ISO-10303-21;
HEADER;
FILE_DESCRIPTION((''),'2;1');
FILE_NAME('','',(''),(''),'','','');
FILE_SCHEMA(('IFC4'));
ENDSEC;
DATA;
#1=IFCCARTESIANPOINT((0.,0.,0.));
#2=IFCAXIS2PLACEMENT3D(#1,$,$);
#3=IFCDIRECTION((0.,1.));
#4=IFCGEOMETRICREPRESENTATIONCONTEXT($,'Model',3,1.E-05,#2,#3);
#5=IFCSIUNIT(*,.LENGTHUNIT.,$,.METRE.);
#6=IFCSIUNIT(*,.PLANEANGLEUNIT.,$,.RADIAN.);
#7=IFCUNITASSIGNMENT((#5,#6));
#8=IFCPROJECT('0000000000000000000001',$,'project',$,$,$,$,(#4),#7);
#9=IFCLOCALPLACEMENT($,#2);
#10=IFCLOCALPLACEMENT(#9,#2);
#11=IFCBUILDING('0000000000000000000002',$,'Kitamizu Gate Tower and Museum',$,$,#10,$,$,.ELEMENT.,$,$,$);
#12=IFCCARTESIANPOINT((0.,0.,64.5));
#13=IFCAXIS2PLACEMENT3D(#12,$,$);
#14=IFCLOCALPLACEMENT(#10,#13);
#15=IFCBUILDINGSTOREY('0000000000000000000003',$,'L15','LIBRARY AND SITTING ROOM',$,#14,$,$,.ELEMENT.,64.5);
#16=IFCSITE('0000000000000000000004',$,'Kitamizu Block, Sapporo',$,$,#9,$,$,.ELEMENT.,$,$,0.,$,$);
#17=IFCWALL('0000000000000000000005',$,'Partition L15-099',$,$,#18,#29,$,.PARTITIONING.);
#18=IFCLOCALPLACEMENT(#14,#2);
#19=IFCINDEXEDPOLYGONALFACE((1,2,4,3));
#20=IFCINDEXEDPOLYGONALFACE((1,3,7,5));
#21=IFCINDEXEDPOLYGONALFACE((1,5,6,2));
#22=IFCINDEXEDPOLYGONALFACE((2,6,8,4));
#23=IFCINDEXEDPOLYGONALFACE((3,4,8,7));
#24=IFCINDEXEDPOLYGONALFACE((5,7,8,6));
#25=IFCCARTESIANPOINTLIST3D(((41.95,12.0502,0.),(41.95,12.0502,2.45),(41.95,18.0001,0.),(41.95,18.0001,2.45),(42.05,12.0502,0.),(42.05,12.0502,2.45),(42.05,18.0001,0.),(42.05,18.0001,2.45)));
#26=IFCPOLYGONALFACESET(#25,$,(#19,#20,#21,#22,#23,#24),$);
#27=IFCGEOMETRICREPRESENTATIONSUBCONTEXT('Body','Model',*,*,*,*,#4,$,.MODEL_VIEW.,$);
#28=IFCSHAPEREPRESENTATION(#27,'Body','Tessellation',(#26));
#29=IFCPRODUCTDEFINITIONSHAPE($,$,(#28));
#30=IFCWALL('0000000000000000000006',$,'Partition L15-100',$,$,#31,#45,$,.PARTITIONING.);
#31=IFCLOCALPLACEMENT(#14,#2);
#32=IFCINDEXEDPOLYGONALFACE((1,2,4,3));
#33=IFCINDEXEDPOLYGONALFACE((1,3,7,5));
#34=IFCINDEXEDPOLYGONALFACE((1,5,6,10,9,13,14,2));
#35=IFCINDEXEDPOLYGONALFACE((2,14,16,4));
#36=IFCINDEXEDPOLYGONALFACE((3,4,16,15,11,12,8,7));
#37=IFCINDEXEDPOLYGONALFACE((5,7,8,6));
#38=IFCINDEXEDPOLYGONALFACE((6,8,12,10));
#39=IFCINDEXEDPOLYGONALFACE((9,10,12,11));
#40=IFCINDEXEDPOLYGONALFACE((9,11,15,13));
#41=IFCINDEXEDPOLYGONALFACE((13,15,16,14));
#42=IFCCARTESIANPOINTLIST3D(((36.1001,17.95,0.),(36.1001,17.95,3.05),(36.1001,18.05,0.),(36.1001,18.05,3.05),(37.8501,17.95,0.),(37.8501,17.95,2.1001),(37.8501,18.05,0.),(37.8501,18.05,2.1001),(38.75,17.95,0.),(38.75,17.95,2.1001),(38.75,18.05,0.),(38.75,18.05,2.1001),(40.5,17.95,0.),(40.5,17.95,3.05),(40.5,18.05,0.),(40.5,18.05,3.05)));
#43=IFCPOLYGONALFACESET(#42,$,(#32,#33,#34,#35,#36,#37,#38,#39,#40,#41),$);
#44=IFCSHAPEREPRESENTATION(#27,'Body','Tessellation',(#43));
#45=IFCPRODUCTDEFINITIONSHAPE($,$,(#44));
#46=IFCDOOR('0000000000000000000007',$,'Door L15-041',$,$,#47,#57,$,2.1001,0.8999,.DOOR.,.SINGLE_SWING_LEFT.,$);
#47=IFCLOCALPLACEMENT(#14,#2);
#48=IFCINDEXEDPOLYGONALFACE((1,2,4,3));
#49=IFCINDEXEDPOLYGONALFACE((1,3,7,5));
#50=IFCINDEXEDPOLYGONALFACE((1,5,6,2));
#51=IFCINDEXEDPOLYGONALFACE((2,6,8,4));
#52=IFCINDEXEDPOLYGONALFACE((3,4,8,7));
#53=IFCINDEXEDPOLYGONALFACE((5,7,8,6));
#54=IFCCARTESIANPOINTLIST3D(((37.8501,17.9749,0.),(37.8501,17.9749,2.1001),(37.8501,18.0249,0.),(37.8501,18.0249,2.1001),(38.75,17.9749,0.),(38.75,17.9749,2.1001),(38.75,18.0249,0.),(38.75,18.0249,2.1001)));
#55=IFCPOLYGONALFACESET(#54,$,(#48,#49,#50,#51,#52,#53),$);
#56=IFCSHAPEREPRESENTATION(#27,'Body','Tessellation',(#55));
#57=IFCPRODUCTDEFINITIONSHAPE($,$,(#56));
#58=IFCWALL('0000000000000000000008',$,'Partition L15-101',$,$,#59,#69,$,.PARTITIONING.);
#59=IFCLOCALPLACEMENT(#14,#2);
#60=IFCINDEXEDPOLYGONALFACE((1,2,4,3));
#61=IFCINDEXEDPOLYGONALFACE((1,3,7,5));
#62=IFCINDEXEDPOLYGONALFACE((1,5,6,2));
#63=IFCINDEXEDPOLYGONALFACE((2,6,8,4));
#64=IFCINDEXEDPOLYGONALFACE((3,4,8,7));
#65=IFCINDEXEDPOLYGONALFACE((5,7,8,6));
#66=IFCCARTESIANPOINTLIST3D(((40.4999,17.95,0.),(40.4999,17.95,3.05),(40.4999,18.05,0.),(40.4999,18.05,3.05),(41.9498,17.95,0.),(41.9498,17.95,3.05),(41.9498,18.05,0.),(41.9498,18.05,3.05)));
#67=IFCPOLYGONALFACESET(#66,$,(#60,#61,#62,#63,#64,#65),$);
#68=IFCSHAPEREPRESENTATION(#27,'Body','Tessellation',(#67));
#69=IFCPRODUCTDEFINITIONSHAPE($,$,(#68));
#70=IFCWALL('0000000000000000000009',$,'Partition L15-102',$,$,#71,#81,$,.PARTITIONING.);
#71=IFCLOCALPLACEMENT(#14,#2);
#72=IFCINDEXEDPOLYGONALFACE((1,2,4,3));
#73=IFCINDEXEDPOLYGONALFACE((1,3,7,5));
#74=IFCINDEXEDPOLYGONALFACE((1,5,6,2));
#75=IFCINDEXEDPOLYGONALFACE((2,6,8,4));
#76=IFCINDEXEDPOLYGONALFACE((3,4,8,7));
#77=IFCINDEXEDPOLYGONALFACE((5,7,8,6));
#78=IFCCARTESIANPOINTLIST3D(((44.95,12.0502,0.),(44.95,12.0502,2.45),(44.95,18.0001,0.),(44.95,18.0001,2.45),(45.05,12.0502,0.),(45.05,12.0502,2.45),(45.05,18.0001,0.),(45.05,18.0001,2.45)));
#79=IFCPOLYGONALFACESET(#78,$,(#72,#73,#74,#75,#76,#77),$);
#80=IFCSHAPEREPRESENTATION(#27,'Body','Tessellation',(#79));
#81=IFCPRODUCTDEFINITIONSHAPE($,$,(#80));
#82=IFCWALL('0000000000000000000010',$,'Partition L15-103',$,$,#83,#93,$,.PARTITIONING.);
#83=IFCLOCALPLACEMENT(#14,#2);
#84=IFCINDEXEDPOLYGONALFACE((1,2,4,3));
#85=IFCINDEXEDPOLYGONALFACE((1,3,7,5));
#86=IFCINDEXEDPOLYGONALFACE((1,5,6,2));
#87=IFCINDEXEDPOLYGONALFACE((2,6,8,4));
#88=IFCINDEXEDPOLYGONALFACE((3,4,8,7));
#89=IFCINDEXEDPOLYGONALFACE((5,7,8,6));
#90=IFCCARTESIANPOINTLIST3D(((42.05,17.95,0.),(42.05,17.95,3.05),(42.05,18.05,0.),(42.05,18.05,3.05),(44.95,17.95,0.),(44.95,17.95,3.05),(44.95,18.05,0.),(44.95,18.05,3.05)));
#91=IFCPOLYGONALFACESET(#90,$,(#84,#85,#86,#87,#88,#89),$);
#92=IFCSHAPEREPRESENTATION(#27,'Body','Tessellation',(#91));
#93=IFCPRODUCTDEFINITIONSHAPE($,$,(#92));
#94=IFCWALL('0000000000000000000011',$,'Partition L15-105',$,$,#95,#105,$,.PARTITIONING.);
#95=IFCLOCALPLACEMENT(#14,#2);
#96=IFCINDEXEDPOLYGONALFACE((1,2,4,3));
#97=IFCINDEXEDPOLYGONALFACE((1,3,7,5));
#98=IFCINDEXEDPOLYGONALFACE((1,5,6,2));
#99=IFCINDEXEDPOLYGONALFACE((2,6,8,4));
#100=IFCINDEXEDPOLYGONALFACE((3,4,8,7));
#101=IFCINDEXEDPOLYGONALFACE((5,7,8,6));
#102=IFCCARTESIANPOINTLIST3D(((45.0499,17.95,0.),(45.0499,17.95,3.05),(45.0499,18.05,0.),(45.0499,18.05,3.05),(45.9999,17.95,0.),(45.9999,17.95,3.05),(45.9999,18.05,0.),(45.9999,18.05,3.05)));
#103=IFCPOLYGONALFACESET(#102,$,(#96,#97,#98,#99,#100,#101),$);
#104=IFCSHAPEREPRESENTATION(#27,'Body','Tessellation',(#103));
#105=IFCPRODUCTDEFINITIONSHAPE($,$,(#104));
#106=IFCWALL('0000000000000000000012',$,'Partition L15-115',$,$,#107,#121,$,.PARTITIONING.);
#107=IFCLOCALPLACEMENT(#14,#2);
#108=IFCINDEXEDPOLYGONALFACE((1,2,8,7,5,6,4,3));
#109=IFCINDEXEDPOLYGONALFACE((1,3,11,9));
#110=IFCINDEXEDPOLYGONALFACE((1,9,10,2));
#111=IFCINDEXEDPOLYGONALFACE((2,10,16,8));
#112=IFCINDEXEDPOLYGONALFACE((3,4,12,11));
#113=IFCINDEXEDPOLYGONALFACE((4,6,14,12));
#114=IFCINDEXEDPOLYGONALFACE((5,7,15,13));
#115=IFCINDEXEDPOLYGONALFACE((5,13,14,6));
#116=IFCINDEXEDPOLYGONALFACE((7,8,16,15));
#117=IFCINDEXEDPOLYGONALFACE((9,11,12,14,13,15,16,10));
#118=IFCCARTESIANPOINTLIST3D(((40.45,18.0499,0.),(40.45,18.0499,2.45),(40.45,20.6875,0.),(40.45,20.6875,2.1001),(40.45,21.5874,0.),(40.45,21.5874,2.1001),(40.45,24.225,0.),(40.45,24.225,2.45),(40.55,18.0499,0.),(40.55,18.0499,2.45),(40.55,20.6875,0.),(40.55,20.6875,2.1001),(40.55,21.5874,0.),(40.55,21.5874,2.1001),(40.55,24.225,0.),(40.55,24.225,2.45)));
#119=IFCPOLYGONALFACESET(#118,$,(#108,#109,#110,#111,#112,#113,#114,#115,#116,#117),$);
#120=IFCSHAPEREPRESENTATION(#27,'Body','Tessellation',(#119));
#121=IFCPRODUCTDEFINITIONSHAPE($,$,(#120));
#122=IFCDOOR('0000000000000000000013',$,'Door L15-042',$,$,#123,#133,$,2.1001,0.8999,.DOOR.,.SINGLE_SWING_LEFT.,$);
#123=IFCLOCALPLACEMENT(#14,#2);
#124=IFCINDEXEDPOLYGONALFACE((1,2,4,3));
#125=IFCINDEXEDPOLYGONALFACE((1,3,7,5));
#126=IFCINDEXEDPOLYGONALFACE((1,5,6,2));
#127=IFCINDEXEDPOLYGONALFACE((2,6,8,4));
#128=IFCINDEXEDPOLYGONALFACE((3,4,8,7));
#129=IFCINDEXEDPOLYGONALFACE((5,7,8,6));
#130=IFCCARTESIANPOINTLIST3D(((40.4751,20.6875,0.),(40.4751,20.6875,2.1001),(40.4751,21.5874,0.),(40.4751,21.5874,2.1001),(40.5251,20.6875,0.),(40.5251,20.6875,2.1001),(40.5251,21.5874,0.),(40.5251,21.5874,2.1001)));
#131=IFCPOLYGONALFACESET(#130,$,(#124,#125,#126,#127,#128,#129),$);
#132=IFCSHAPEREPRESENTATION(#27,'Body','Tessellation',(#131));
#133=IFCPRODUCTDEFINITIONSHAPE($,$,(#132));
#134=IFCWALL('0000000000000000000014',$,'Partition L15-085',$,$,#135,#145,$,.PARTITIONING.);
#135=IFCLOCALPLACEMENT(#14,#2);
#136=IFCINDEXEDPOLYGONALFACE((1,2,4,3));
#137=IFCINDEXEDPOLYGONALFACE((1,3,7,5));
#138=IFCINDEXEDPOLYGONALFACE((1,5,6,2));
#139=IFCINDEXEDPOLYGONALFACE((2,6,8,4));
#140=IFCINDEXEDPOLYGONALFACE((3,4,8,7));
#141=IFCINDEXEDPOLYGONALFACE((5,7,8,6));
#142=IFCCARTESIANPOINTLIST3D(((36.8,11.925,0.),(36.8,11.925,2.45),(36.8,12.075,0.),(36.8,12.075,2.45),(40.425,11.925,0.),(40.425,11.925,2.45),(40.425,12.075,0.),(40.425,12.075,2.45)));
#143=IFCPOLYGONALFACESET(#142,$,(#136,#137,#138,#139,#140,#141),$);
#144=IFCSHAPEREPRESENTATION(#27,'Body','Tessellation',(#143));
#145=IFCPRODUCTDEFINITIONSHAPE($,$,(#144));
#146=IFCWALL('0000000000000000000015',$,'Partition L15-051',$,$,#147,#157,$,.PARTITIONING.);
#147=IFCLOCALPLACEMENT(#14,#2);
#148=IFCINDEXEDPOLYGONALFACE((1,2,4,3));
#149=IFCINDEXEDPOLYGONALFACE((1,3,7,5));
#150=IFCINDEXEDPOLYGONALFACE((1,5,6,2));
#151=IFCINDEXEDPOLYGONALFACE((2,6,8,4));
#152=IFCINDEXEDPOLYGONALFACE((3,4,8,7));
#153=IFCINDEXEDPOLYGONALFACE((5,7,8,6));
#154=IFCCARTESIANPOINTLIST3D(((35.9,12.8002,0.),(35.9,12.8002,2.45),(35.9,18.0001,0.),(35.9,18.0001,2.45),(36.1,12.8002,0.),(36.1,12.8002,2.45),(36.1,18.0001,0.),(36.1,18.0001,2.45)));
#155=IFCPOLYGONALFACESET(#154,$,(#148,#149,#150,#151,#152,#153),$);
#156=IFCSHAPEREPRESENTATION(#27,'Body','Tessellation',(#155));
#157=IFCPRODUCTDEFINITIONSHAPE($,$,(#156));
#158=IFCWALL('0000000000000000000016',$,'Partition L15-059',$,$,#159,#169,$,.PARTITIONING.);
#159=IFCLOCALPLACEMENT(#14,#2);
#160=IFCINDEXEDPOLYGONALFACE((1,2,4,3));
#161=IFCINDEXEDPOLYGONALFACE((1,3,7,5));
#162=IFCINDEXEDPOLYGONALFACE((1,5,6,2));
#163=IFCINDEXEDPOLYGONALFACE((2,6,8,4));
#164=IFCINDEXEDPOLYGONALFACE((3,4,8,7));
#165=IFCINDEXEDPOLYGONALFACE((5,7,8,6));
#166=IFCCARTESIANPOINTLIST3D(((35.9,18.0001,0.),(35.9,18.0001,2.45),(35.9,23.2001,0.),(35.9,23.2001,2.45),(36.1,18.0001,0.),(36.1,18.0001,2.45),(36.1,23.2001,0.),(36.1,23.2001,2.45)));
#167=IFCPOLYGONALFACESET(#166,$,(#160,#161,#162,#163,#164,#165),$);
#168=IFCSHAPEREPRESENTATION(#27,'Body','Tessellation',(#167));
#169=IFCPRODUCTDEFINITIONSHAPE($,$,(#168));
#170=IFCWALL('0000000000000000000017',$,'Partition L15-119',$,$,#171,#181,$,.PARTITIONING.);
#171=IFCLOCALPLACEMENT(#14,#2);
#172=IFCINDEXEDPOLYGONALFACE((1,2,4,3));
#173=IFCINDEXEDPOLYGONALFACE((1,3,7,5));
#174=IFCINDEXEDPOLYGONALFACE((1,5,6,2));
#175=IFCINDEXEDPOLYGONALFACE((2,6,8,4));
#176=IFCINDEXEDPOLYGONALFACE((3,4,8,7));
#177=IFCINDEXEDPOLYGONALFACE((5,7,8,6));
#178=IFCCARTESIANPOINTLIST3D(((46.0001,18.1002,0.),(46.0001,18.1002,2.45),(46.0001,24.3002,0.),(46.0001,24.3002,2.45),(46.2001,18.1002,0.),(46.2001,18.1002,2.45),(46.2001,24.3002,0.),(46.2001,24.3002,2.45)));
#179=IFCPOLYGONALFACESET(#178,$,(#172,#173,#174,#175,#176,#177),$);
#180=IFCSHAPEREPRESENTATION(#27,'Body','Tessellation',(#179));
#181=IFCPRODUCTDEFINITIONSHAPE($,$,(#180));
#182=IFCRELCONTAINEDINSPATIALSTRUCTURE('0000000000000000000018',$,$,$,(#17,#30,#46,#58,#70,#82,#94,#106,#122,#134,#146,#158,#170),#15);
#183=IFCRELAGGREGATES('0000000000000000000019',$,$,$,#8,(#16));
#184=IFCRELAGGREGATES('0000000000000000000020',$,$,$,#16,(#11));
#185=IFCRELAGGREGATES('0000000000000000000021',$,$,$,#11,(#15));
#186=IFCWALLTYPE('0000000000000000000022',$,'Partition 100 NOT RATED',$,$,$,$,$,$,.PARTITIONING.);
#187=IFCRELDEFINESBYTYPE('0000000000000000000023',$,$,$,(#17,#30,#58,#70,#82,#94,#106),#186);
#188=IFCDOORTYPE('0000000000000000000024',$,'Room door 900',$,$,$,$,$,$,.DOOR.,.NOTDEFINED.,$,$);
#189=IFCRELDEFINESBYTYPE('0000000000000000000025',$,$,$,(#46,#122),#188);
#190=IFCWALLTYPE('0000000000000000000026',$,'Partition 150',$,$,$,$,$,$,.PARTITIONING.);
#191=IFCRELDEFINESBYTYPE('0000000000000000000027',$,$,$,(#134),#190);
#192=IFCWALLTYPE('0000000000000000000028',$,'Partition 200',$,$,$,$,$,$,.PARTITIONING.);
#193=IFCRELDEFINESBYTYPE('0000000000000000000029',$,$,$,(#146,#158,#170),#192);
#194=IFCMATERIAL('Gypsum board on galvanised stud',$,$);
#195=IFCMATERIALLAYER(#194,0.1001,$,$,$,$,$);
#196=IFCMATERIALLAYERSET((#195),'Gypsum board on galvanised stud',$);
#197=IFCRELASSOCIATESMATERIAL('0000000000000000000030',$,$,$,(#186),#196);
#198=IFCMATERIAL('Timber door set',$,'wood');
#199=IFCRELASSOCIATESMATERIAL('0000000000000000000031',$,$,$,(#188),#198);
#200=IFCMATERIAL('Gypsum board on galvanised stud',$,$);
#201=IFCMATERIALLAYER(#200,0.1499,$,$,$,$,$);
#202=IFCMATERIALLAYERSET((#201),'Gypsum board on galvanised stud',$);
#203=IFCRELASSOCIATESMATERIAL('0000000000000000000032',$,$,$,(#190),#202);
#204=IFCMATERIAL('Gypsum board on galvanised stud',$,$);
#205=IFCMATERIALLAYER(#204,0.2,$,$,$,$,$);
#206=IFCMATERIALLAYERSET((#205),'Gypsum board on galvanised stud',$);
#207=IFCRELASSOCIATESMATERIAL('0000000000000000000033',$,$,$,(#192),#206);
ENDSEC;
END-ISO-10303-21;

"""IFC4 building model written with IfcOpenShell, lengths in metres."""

from ifc_helpers import new_model, si_unit, direction, frame, frame_2d, origin, place, context, subcontext, project, spatial, rectangle, extrude, material, layer, layer_set, type_object, element, fill, save


model = new_model("IFC4")

# Units and contexts
model_context = context("Model", 3, precision=1e-05, world=origin(), true_north=direction((0.0, 1.0)))
body_context = subcontext(model_context, "Body", "Model", "MODEL_VIEW")
ifc_project = project(units=[si_unit("LENGTHUNIT", "METRE"), si_unit("PLANEANGLEUNIT", "RADIAN")], contexts=[model_context])

# Site, building, storey
site_placement = place(None, origin())
site = spatial("IfcSite", under=ifc_project, at=site_placement, Name="Kitamizu Block, Sapporo", CompositionType="ELEMENT", RefElevation=0.0)
building_placement = place(site_placement, origin())
building = spatial("IfcBuilding", under=site, at=building_placement, Name="Kitamizu Gate Tower and Museum", CompositionType="ELEMENT")
storey_placement = place(building_placement, frame((0.0, 0.0, 64.5)))
storey = spatial("IfcBuildingStorey", under=building, at=storey_placement, Name="L15", Description="LIBRARY AND SITTING ROOM", CompositionType="ELEMENT", Elevation=64.5)

# Shared definitions
ifc_material_1 = material(Name="Gypsum board on galvanised stud")
ifc_layer_1 = layer(ifc_material_1, 0.1001)
ifc_layer_set_1 = layer_set([ifc_layer_1], Name="Gypsum board on galvanised stud")
wall_type_1 = type_object("IfcWallType", Name="Partition 100 NOT RATED", PredefinedType="PARTITIONING", material=ifc_layer_set_1)

# Shared definitions
ifc_material_2 = material(Name="Timber door set", Category="wood")
door_type_1 = type_object("IfcDoorType", Name="Room door 900", OperationType="NOTDEFINED", PredefinedType="DOOR", material=ifc_material_2)

# Wall
wall_1_placement = place(storey_placement, frame((42.0, 12.05, 0.0), z_axis=(0.0, 0.0, 1.0), x_axis=(0.0, 1.0, 0.0)))
element("IfcWall", 1, at=wall_1_placement, inside=storey, type_object=wall_type_1, Name="Partition L15-099", PredefinedType="PARTITIONING", context=body_context, shape_type="SweptSolid", body=[
    extrude(rectangle(XDim=5.95, YDim=0.1001, at=frame_2d((2.9751, 0.0))), origin(), (0.0, 0.0, 1.0), 2.45),
])

# Wall, opening, door
wall_2_placement = place(storey_placement, frame((40.5, 18.0, 0.0), z_axis=(0.0, 0.0, 1.0), x_axis=(-1.0, 0.0, 0.0)))
wall_2 = element("IfcWall", 2, at=wall_2_placement, inside=storey, type_object=wall_type_1, Name="Partition L15-100", PredefinedType="PARTITIONING", context=body_context, shape_type="SweptSolid", body=[
    extrude(rectangle(XDim=4.3999, YDim=0.1001, at=frame_2d((2.2, 0.0))), origin(), (0.0, 0.0, 1.0), 3.05),
])
opening_1_placement = place(wall_2_placement, frame((1.75, 0.0, 0.0)))
opening_1 = element("IfcOpeningElement", 3, at=opening_1_placement, cuts=wall_2, PredefinedType="OPENING", context=body_context, shape_type="SweptSolid", body=[
    extrude(rectangle(XDim=0.8999, YDim=2.1001, at=frame_2d((0.45, 1.05))), frame((0.0, 0.0601, 0.0), z_axis=(0.0, -1.0, 0.0), x_axis=(1.0, 0.0, 0.0)), (0.0, 0.0, 1.0), 0.1201),
])
door_1_placement = place(opening_1_placement, frame((0.8999, 0.0, 0.0), x_axis=(-1.0, 0.0, 0.0)))
door_1 = element("IfcDoor", 4, at=door_1_placement, inside=storey, type_object=door_type_1, Name="Door L15-041", OperationType="SINGLE_SWING_LEFT", OverallHeight=2.1001, OverallWidth=0.8999, PredefinedType="DOOR", context=body_context, shape_type="SweptSolid", body=[
    extrude(rectangle(XDim=0.8999, YDim=2.1001, at=frame_2d((0.45, 1.05))), frame((0.0, 0.0249, 0.0), z_axis=(0.0, -1.0, 0.0), x_axis=(1.0, 0.0, 0.0)), (0.0, 0.0, 1.0), 0.05),
])
fill(opening_1, door_1)

# Walls
wall_3_placement = place(storey_placement, frame((41.95, 18.0, 0.0), z_axis=(0.0, 0.0, 1.0), x_axis=(-1.0, 0.0, 0.0)))
element("IfcWall", 5, at=wall_3_placement, inside=storey, type_object=wall_type_1, Name="Partition L15-101", PredefinedType="PARTITIONING", context=body_context, shape_type="SweptSolid", body=[
    extrude(rectangle(XDim=1.45, YDim=0.1001, at=frame_2d((0.7251, 0.0))), origin(), (0.0, 0.0, 1.0), 3.05),
])
wall_4_placement = place(storey_placement, frame((45.0, 12.05, 0.0), z_axis=(0.0, 0.0, 1.0), x_axis=(0.0, 1.0, 0.0)))
element("IfcWall", 6, at=wall_4_placement, inside=storey, type_object=wall_type_1, Name="Partition L15-102", PredefinedType="PARTITIONING", context=body_context, shape_type="SweptSolid", body=[
    extrude(rectangle(XDim=5.95, YDim=0.1001, at=frame_2d((2.9751, 0.0))), origin(), (0.0, 0.0, 1.0), 2.45),
])
wall_5_placement = place(storey_placement, frame((44.95, 18.0, 0.0), z_axis=(0.0, 0.0, 1.0), x_axis=(-1.0, 0.0, 0.0)))
element("IfcWall", 7, at=wall_5_placement, inside=storey, type_object=wall_type_1, Name="Partition L15-103", PredefinedType="PARTITIONING", context=body_context, shape_type="SweptSolid", body=[
    extrude(rectangle(XDim=2.8999, YDim=0.1001, at=frame_2d((1.45, 0.0))), origin(), (0.0, 0.0, 1.0), 3.05),
])
wall_6_placement = place(storey_placement, frame((46.0, 18.0, 0.0), z_axis=(0.0, 0.0, 1.0), x_axis=(-1.0, 0.0, 0.0)))
element("IfcWall", 8, at=wall_6_placement, inside=storey, type_object=wall_type_1, Name="Partition L15-105", PredefinedType="PARTITIONING", context=body_context, shape_type="SweptSolid", body=[
    extrude(rectangle(XDim=0.95, YDim=0.1001, at=frame_2d((0.4751, 0.0))), origin(), (0.0, 0.0, 1.0), 3.05),
])

# Wall, opening, door
wall_7_placement = place(storey_placement, frame((40.5, 18.05, 0.0), z_axis=(0.0, 0.0, 1.0), x_axis=(0.0, 1.0, 0.0)))
wall_7 = element("IfcWall", 9, at=wall_7_placement, inside=storey, type_object=wall_type_1, Name="Partition L15-115", PredefinedType="PARTITIONING", context=body_context, shape_type="SweptSolid", body=[
    extrude(rectangle(XDim=6.175, YDim=0.1001, at=frame_2d((3.0874, 0.0))), origin(), (0.0, 0.0, 1.0), 2.45),
])
opening_2_placement = place(wall_7_placement, frame((2.6375, 0.0, 0.0)))
opening_2 = element("IfcOpeningElement", 10, at=opening_2_placement, cuts=wall_7, PredefinedType="OPENING", context=body_context, shape_type="SweptSolid", body=[
    extrude(rectangle(XDim=0.8999, YDim=2.1001, at=frame_2d((0.45, 1.05))), frame((0.0, 0.0601, 0.0), z_axis=(0.0, -1.0, 0.0), x_axis=(1.0, 0.0, 0.0)), (0.0, 0.0, 1.0), 0.1201),
])
door_2_placement = place(opening_2_placement, origin())
door_2 = element("IfcDoor", 11, at=door_2_placement, inside=storey, type_object=door_type_1, Name="Door L15-042", OperationType="SINGLE_SWING_LEFT", OverallHeight=2.1001, OverallWidth=0.8999, PredefinedType="DOOR", context=body_context, shape_type="SweptSolid", body=[
    extrude(rectangle(XDim=0.8999, YDim=2.1001, at=frame_2d((0.45, 1.05))), frame((0.0, 0.0249, 0.0), z_axis=(0.0, -1.0, 0.0), x_axis=(1.0, 0.0, 0.0)), (0.0, 0.0, 1.0), 0.05),
])
fill(opening_2, door_2)

# Walls
ifc_material_3 = material(Name="Gypsum board on galvanised stud")
ifc_layer_2 = layer(ifc_material_3, 0.1499)
ifc_layer_set_2 = layer_set([ifc_layer_2], Name="Gypsum board on galvanised stud")
wall_type_2 = type_object("IfcWallType", Name="Partition 150", PredefinedType="PARTITIONING", material=ifc_layer_set_2)
wall_8_placement = place(storey_placement, frame((40.425, 12.0, 0.0), z_axis=(0.0, 0.0, 1.0), x_axis=(-1.0, 0.0, 0.0)))
element("IfcWall", 12, at=wall_8_placement, inside=storey, type_object=wall_type_2, Name="Partition L15-085", PredefinedType="PARTITIONING", context=body_context, shape_type="SweptSolid", body=[
    extrude(rectangle(XDim=3.625, YDim=0.1499, at=frame_2d((1.8125, 0.0))), origin(), (0.0, 0.0, 1.0), 2.45),
])
ifc_material_4 = material(Name="Gypsum board on galvanised stud")
ifc_layer_3 = layer(ifc_material_4, 0.2)
ifc_layer_set_3 = layer_set([ifc_layer_3], Name="Gypsum board on galvanised stud")
wall_type_3 = type_object("IfcWallType", Name="Partition 200", PredefinedType="PARTITIONING", material=ifc_layer_set_3)
for number, where, z_axis, x_axis, name in (
    (13, (36.0, 12.8, 0.0), (0.0, 0.0, 1.0), (0.0, 1.0, 0.0), "Partition L15-051"),
    (14, (36.0, 18.0, 0.0), (0.0, 0.0, 1.0), (0.0, 1.0, 0.0), "Partition L15-059"),
):
    element("IfcWall", number, at=place(storey_placement, frame(where, z_axis=z_axis, x_axis=x_axis)), inside=storey, type_object=wall_type_3, Name=name, PredefinedType="PARTITIONING", context=body_context, shape_type="SweptSolid", body=[
        extrude(rectangle(XDim=5.2, YDim=0.2, at=frame_2d((2.6001, 0.0))), origin(), (0.0, 0.0, 1.0), 2.45),
    ])
wall_9_placement = place(storey_placement, frame((46.1001, 18.1001, 0.0), z_axis=(0.0, 0.0, 1.0), x_axis=(0.0, 1.0, 0.0)))
element("IfcWall", 15, at=wall_9_placement, inside=storey, type_object=wall_type_3, Name="Partition L15-119", PredefinedType="PARTITIONING", context=body_context, shape_type="SweptSolid", body=[
    extrude(rectangle(XDim=6.2, YDim=0.2, at=frame_2d((3.1001, 0.0))), origin(), (0.0, 0.0, 1.0), 2.45),
])

save(model, "model.ifc")
